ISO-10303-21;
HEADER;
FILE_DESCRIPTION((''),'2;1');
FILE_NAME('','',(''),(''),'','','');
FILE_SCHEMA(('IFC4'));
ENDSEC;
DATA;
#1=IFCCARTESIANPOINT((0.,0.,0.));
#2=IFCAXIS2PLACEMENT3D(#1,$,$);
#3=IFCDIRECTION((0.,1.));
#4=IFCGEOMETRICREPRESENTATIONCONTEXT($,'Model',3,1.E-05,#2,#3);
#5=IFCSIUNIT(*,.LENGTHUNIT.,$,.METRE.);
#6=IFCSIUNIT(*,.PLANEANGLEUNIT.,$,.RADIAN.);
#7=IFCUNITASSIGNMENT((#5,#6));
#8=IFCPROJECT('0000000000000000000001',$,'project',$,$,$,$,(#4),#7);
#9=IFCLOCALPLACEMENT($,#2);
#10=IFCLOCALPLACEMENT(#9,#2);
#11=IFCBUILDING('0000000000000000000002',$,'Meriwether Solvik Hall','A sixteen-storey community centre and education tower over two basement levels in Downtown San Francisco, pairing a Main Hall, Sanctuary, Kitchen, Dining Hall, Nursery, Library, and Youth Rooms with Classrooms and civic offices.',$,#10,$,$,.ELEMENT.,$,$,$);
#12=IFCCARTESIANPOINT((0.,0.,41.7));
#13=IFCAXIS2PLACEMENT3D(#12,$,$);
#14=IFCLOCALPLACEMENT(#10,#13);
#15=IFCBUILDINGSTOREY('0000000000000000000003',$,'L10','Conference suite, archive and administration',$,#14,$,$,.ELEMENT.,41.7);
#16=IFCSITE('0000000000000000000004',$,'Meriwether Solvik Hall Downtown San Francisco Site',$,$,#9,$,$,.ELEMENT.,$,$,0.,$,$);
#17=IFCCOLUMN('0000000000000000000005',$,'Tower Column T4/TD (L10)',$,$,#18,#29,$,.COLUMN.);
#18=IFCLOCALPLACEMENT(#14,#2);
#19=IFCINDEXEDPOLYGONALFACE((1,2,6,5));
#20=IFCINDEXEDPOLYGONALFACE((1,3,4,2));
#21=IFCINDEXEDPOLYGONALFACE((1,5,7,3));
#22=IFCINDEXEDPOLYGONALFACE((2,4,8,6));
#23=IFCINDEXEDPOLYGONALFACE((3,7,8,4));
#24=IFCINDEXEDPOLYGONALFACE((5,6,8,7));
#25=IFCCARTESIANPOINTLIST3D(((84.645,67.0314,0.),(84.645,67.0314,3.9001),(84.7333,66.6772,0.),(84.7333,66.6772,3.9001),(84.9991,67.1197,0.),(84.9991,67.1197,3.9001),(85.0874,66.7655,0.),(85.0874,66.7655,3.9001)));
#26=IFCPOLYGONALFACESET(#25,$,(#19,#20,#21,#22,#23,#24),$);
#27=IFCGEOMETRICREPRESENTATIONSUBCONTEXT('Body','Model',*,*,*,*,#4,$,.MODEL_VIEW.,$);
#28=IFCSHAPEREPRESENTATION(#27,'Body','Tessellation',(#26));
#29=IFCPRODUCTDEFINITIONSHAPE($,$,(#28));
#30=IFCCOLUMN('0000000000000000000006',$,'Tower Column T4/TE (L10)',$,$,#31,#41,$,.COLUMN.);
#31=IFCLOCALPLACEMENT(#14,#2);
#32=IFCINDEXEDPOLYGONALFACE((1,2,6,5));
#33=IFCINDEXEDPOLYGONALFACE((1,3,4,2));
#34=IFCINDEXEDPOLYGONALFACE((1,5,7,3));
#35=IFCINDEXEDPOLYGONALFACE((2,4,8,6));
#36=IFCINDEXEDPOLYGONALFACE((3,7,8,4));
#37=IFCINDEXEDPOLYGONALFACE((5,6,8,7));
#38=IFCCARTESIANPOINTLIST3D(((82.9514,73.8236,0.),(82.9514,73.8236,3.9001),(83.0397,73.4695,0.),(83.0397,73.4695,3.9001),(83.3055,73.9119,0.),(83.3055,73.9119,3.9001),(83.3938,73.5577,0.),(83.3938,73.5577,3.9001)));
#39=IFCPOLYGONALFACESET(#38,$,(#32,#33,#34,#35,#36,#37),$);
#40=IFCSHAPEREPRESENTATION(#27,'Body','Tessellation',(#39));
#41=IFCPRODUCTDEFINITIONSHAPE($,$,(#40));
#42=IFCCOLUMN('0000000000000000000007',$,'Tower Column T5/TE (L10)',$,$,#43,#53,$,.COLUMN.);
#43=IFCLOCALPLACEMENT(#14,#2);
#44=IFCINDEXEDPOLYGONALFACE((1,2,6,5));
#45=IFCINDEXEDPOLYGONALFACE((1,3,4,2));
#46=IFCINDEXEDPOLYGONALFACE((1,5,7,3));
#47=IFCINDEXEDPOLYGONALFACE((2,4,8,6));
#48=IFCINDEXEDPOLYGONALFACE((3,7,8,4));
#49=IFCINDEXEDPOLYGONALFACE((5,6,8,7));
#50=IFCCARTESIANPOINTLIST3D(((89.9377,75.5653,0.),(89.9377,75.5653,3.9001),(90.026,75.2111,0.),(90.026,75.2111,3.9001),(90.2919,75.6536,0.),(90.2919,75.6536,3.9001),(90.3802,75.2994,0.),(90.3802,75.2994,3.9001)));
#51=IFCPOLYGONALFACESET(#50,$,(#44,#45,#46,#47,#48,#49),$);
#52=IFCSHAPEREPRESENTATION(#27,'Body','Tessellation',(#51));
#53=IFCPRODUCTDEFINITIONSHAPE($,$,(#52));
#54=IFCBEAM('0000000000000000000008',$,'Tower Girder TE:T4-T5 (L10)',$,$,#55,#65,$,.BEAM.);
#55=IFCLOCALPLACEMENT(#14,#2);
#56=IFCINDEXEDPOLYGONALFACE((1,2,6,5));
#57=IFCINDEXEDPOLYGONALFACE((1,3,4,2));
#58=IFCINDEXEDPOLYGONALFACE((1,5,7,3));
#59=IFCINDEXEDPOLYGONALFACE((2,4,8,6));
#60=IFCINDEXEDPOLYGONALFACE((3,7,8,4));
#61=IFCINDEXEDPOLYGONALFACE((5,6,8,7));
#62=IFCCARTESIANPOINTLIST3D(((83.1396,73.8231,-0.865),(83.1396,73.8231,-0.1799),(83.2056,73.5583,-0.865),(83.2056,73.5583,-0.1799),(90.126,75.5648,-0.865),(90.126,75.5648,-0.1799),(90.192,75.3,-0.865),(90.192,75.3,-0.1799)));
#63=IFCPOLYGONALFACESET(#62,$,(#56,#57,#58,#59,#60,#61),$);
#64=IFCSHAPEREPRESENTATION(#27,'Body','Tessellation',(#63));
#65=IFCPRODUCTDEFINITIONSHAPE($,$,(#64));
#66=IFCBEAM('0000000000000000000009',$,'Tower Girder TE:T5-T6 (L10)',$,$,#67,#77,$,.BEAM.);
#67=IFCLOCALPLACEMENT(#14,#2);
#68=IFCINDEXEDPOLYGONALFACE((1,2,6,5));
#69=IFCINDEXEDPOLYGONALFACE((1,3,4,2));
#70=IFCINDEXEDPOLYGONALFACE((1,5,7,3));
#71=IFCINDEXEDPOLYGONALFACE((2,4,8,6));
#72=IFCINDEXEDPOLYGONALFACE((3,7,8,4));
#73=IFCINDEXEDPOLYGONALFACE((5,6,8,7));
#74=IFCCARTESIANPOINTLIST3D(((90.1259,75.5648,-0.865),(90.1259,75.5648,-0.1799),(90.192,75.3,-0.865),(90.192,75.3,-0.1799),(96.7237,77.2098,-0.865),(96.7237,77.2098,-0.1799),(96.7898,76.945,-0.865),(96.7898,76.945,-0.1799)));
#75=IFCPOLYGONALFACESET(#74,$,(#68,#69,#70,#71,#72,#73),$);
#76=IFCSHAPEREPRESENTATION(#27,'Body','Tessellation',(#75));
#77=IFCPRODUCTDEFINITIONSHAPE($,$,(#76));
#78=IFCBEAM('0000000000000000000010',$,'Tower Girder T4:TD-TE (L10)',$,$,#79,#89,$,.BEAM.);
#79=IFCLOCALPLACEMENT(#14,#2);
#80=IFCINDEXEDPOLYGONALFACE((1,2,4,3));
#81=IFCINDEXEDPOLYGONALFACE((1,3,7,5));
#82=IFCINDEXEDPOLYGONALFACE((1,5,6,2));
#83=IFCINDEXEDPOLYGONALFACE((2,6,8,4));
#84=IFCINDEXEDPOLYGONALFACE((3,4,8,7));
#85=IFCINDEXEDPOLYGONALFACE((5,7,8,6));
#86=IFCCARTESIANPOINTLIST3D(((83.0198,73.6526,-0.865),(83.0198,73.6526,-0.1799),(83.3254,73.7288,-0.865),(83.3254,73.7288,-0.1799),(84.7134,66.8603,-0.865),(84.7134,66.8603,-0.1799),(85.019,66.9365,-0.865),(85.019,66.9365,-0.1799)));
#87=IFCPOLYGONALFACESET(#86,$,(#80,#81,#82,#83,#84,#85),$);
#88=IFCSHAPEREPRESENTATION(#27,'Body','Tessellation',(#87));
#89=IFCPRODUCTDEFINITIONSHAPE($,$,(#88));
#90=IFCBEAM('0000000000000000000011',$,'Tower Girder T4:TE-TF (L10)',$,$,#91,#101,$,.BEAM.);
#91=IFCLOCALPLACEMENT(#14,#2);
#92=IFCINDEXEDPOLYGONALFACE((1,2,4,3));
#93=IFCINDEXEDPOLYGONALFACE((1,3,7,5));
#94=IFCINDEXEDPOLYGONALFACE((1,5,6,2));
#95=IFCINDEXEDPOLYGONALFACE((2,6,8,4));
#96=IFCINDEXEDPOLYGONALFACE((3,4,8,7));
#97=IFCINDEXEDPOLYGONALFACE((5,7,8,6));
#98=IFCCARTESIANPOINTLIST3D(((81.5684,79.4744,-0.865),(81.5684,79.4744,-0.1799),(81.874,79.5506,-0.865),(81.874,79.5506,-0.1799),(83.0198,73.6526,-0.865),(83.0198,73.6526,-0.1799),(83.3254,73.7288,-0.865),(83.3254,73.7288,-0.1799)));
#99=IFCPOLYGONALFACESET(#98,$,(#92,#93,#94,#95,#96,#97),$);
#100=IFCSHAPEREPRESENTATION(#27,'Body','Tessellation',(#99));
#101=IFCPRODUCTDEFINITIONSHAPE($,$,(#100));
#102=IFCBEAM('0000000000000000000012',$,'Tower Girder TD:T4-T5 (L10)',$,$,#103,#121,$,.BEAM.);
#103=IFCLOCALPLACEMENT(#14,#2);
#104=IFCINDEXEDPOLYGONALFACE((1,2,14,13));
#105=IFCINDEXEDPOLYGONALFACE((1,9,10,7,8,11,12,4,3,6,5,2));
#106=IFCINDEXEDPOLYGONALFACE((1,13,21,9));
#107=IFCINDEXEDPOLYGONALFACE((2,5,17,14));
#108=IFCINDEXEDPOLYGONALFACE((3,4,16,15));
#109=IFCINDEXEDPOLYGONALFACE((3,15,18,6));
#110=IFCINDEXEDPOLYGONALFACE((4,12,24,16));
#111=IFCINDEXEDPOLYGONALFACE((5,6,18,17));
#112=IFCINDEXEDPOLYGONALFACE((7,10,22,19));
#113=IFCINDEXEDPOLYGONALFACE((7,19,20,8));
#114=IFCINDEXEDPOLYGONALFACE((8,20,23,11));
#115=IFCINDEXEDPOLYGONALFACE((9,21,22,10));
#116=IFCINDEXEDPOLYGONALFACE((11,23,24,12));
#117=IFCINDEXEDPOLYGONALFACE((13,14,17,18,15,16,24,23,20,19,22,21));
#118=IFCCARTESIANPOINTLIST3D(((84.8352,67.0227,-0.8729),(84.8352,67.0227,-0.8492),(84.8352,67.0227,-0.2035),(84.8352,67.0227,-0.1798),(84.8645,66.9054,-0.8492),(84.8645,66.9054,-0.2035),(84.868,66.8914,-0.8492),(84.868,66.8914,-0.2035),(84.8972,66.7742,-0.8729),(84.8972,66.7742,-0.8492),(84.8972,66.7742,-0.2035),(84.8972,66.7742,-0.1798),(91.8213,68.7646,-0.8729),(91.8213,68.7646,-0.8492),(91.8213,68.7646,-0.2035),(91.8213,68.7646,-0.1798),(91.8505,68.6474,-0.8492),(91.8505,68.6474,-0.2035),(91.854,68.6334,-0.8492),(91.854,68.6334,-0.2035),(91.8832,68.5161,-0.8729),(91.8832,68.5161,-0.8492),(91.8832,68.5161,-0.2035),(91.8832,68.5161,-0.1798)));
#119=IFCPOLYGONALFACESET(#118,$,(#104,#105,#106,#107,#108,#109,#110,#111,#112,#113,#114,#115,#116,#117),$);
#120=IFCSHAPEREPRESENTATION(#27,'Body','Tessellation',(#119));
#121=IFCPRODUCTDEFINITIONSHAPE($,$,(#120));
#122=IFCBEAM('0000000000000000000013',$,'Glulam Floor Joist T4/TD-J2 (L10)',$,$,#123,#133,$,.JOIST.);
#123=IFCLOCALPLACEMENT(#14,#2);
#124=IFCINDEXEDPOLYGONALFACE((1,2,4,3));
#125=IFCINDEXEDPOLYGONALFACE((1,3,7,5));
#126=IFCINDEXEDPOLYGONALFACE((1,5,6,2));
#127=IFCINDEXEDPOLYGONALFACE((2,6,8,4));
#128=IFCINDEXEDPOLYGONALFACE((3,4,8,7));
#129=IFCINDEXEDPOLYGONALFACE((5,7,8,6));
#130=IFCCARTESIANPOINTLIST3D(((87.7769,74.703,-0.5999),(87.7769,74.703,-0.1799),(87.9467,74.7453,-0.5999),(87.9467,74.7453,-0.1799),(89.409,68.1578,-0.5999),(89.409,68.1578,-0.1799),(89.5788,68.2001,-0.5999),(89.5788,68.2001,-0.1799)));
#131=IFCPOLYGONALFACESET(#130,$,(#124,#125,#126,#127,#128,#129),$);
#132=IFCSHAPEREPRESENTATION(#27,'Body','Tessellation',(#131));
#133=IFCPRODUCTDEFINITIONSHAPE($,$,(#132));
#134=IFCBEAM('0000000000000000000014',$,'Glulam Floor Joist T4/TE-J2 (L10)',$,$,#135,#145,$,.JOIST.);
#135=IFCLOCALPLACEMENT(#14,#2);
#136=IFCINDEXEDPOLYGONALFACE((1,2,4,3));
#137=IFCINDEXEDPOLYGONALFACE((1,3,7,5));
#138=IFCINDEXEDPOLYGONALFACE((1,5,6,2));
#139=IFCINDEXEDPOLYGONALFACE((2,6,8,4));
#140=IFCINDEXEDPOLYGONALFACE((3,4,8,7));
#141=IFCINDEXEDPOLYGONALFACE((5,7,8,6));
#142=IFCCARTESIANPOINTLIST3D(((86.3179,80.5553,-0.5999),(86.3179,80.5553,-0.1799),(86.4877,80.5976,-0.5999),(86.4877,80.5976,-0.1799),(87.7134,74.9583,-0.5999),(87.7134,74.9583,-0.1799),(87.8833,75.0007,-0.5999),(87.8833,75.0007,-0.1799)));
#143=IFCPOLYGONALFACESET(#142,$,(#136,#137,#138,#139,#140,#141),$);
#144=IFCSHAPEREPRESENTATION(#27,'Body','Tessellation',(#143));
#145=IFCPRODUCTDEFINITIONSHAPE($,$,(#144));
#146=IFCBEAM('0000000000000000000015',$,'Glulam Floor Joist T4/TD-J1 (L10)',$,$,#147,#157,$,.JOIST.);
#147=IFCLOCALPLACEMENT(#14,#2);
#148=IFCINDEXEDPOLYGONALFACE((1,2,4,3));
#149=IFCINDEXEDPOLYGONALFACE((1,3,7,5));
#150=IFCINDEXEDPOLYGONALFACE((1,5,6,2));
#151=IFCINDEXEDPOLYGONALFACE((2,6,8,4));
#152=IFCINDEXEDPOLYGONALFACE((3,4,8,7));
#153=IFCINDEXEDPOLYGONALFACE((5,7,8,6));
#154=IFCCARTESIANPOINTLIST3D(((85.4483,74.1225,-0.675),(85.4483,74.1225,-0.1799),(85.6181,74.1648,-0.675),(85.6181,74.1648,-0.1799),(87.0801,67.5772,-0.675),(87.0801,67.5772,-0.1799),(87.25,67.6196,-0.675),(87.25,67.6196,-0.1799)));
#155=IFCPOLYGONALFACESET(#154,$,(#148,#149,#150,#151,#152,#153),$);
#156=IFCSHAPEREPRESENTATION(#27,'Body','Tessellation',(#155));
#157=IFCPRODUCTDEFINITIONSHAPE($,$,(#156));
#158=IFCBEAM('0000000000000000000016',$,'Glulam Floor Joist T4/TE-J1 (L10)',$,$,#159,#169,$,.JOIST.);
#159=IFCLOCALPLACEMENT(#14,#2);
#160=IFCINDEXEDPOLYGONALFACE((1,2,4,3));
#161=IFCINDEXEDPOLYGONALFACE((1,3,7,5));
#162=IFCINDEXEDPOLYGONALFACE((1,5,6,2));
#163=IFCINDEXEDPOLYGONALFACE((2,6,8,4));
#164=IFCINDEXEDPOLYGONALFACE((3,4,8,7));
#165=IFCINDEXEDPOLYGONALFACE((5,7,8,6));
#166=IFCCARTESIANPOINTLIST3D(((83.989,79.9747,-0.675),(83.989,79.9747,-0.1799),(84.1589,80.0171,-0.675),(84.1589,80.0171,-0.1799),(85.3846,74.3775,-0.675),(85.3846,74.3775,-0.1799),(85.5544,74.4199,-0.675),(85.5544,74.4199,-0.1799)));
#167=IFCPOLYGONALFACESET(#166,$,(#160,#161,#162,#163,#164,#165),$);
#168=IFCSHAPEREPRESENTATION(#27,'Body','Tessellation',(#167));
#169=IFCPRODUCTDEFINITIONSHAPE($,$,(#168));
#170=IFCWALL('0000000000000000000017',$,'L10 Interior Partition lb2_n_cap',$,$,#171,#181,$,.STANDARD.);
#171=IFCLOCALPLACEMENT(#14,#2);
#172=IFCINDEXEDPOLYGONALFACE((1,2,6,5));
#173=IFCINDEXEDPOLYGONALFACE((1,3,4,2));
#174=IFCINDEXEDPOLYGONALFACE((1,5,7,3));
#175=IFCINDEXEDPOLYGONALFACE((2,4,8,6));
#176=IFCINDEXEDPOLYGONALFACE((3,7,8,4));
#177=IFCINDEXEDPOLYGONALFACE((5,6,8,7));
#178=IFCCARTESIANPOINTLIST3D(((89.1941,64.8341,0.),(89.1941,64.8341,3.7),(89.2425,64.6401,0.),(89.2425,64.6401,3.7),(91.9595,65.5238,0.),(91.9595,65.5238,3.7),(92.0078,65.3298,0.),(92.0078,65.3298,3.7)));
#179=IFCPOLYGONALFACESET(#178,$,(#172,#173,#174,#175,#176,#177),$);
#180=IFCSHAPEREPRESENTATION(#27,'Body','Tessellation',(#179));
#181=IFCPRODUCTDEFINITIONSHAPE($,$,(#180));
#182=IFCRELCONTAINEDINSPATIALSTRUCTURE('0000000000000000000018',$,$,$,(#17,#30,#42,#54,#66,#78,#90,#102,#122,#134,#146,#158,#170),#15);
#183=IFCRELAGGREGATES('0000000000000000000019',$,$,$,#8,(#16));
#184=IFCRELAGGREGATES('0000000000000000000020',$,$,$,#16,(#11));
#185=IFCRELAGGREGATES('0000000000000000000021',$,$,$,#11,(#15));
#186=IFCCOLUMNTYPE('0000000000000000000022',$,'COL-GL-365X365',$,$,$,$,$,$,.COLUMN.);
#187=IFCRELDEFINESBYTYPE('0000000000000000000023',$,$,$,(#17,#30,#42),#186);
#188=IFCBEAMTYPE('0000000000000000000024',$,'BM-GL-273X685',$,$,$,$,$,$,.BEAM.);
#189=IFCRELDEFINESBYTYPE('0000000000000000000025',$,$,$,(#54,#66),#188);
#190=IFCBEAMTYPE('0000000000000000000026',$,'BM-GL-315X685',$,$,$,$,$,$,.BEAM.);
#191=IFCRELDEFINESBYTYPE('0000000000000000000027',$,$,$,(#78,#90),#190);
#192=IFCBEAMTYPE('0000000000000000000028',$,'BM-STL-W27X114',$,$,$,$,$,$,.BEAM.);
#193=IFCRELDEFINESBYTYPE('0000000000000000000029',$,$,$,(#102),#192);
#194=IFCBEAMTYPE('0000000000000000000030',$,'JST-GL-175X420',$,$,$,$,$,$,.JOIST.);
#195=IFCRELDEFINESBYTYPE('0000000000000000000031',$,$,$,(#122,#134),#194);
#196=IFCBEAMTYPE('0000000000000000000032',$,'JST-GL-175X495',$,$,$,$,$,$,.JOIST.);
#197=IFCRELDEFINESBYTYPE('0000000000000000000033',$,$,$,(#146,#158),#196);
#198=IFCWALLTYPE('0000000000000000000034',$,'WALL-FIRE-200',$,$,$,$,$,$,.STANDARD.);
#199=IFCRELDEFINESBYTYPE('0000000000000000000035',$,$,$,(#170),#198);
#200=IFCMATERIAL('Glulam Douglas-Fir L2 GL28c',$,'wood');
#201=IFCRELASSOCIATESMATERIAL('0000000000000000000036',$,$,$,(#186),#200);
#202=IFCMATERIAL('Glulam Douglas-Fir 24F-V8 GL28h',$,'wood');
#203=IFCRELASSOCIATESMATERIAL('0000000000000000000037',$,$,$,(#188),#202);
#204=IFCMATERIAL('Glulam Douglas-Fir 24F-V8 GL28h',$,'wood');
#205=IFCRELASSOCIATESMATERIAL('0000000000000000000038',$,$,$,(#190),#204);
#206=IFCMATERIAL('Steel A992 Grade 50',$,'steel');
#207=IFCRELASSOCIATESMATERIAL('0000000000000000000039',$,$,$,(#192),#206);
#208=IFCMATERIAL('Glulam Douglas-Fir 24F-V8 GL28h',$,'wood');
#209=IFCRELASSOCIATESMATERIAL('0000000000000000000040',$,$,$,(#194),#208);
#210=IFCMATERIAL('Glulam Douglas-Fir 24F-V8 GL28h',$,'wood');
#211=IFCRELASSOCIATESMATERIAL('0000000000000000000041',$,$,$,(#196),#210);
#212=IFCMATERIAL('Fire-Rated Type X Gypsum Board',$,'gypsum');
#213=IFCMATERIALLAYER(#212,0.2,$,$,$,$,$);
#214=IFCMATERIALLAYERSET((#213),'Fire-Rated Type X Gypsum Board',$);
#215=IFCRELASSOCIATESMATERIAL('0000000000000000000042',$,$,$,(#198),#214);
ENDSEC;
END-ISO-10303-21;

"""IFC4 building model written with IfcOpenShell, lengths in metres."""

from ifc_helpers import new_model, si_unit, direction, frame, frame_2d, origin, origin_2d, place, context, subcontext, project, spatial, rectangle, i_section, extrude, material, layer, layer_set, material_profile, profile_set, type_object, element, save


model = new_model("IFC4")

# Units and contexts
model_context = context("Model", 3, precision=1e-05, world=origin(), true_north=direction((0.0, 1.0)))
body_context = subcontext(model_context, "Body", "Model", "MODEL_VIEW")
ifc_project = project(units=[si_unit("LENGTHUNIT", "METRE"), si_unit("PLANEANGLEUNIT", "RADIAN")], contexts=[model_context])

# Site, building, storey
site_placement = place(None, origin())
site = spatial("IfcSite", under=ifc_project, at=site_placement, Name="Meriwether Solvik Hall Downtown San Francisco Site", CompositionType="ELEMENT", RefElevation=0.0)
building_placement = place(site_placement, origin())
building = spatial("IfcBuilding", under=site, at=building_placement, Name="Meriwether Solvik Hall", Description="A sixteen-storey community centre and education tower over two basement levels in Downtown San Francisco, pairing a Main Hall, Sanctuary, Kitchen, Dining Hall, Nursery, Library, and Youth Rooms with Classrooms and civic offices.", CompositionType="ELEMENT")
storey_placement = place(building_placement, frame((0.0, 0.0, 41.7)))
storey = spatial("IfcBuildingStorey", under=building, at=storey_placement, Name="L10", Description="Conference suite, archive and administration", CompositionType="ELEMENT", Elevation=41.7)

# Columns
ifc_material_1 = material(Name="Glulam Douglas-Fir L2 GL28c", Category="wood")
ifc_material_profile_1 = material_profile(ifc_material_1, rectangle(XDim=0.365, YDim=0.365, at=origin_2d()), Name="GLC-365X365")
ifc_profile_set_1 = profile_set([ifc_material_profile_1], Name="Glulam Douglas-Fir L2 GL28c")
column_type = type_object("IfcColumnType", Name="COL-GL-365X365", PredefinedType="COLUMN", material=ifc_profile_set_1)
for number, where, z_axis, x_axis, name in (
    (1, (84.8662, 66.8984, 0.0), (0.0, 0.0, 1.0), (0.970296, 0.241922, 0.0), "Tower Column T4/TD (L10)"),
    (2, (83.1726, 73.6907, 0.0), (0.0, 0.0, 1.0), (0.970296, 0.241922, 0.0), "Tower Column T4/TE (L10)"),
    (3, (90.1589, 75.4324, 0.0), (0.0, 0.0, 1.0), (0.970296, 0.241922, 0.0), "Tower Column T5/TE (L10)"),
):
    element("IfcColumn", number, at=place(storey_placement, frame(where, z_axis=z_axis, x_axis=x_axis)), inside=storey, type_object=column_type, Name=name, PredefinedType="COLUMN", context=body_context, shape_type="SweptSolid", body=[
        extrude(rectangle(XDim=0.365, YDim=0.365, at=origin_2d()), origin(), (0.0, 0.0, 1.0), 3.9001),
    ])

# Beams
ifc_material_2 = material(Name="Glulam Douglas-Fir 24F-V8 GL28h", Category="wood")
ifc_material_profile_2 = material_profile(ifc_material_2, rectangle(XDim=0.2729, YDim=0.6851, at=origin_2d()), Name="GLB-273X685")
ifc_profile_set_2 = profile_set([ifc_material_profile_2], Name="Glulam Douglas-Fir 24F-V8 GL28h")
beam_type_1 = type_object("IfcBeamType", Name="BM-GL-273X685", PredefinedType="BEAM", material=ifc_profile_set_2)
beam_1_placement = place(storey_placement, frame((83.1726, 73.6907, -0.5225), z_axis=(0.970302, 0.241897, 0.0), x_axis=(-0.241897, 0.970302, 0.0)))
element("IfcBeam", 4, at=beam_1_placement, inside=storey, type_object=beam_type_1, Name="Tower Girder TE:T4-T5 (L10)", PredefinedType="BEAM", context=body_context, shape_type="SweptSolid", body=[
    extrude(rectangle(XDim=0.2729, YDim=0.6851, at=origin_2d()), origin(), (0.0, 0.0, 1.0), 7.2002),
])
beam_2_placement = place(storey_placement, frame((90.1589, 75.4324, -0.5225), z_axis=(0.970296, 0.241919, 0.0), x_axis=(-0.241919, 0.970296, 0.0)))
element("IfcBeam", 5, at=beam_2_placement, inside=storey, type_object=beam_type_1, Name="Tower Girder TE:T5-T6 (L10)", PredefinedType="BEAM", context=body_context, shape_type="SweptSolid", body=[
    extrude(rectangle(XDim=0.2729, YDim=0.6851, at=origin_2d()), origin(), (0.0, 0.0, 1.0), 6.7998),
])
ifc_material_3 = material(Name="Glulam Douglas-Fir 24F-V8 GL28h", Category="wood")
ifc_material_profile_3 = material_profile(ifc_material_3, rectangle(XDim=0.3149, YDim=0.6851, at=origin_2d()), Name="GLB-315X685")
ifc_profile_set_3 = profile_set([ifc_material_profile_3], Name="Glulam Douglas-Fir 24F-V8 GL28h")
beam_type_2 = type_object("IfcBeamType", Name="BM-GL-315X685", PredefinedType="BEAM", material=ifc_profile_set_3)
beam_3_placement = place(storey_placement, frame((84.8662, 66.8984, -0.5225), z_axis=(-0.241937, 0.970292, 0.0), x_axis=(-0.970292, -0.241937, 0.0)))
element("IfcBeam", 6, at=beam_3_placement, inside=storey, type_object=beam_type_2, Name="Tower Girder T4:TD-TE (L10)", PredefinedType="BEAM", context=body_context, shape_type="SweptSolid", body=[
    extrude(rectangle(XDim=0.3149, YDim=0.6851, at=origin_2d()), origin(), (0.0, 0.0, 1.0), 7.0002),
])
beam_4_placement = place(storey_placement, frame((83.1726, 73.6907, -0.5225), z_axis=(-0.241904, 0.9703, 0.0), x_axis=(-0.9703, -0.241904, 0.0)))
element("IfcBeam", 7, at=beam_4_placement, inside=storey, type_object=beam_type_2, Name="Tower Girder T4:TE-TF (L10)", PredefinedType="BEAM", context=body_context, shape_type="SweptSolid", body=[
    extrude(rectangle(XDim=0.3149, YDim=0.6851, at=origin_2d()), origin(), (0.0, 0.0, 1.0), 6.0),
])
ifc_material_4 = material(Name="Steel A992 Grade 50", Category="steel")
ifc_material_profile_4 = material_profile(ifc_material_4, i_section(OverallWidth=0.2561, OverallDepth=0.6931, WebThickness=0.0144, FlangeThickness=0.0237, at=origin_2d()), Name="W27X114")
ifc_profile_set_4 = profile_set([ifc_material_profile_4], Name="Steel A992 Grade 50")
beam_type_3 = type_object("IfcBeamType", Name="BM-STL-W27X114", PredefinedType="BEAM", material=ifc_profile_set_4)
beam_5_placement = place(storey_placement, frame((84.8662, 66.8984, -0.5264), z_axis=(0.970292, 0.241937, 0.0), x_axis=(-0.241937, 0.970292, 0.0)))
element("IfcBeam", 8, at=beam_5_placement, inside=storey, type_object=beam_type_3, Name="Tower Girder TD:T4-T5 (L10)", PredefinedType="BEAM", context=body_context, shape_type="SweptSolid", body=[
    extrude(i_section(OverallWidth=0.2561, OverallDepth=0.6931, WebThickness=0.0144, FlangeThickness=0.0237, at=origin_2d()), origin(), (0.0, 0.0, 1.0), 7.2),
])
ifc_material_5 = material(Name="Glulam Douglas-Fir 24F-V8 GL28h", Category="wood")
ifc_material_profile_5 = material_profile(ifc_material_5, rectangle(XDim=0.175, YDim=0.4199, at=origin_2d()), Name="GLJ-175X420")
ifc_profile_set_5 = profile_set([ifc_material_profile_5], Name="Glulam Douglas-Fir 24F-V8 GL28h")
beam_type_4 = type_object("IfcBeamType", Name="JST-GL-175X420", PredefinedType="JOIST", material=ifc_profile_set_5)
beam_6_placement = place(storey_placement, frame((89.4939, 68.179, -0.3899), z_axis=(-0.241948, 0.970289, 0.0), x_axis=(-0.970289, -0.241948, 0.0)))
element("IfcBeam", 9, at=beam_6_placement, inside=storey, type_object=beam_type_4, Name="Glulam Floor Joist T4/TD-J2 (L10)", PredefinedType="JOIST", context=body_context, shape_type="SweptSolid", body=[
    extrude(rectangle(XDim=0.175, YDim=0.4199, at=origin_2d()), origin(), (0.0, 0.0, 1.0), 6.7456),
])
beam_7_placement = place(storey_placement, frame((87.7983, 74.9795, -0.3899), z_axis=(-0.241928, 0.970294, 0.0), x_axis=(-0.970294, -0.241928, 0.0)))
element("IfcBeam", 10, at=beam_7_placement, inside=storey, type_object=beam_type_4, Name="Glulam Floor Joist T4/TE-J2 (L10)", PredefinedType="JOIST", context=body_context, shape_type="SweptSolid", body=[
    extrude(rectangle(XDim=0.175, YDim=0.4199, at=origin_2d()), origin(), (0.0, 0.0, 1.0), 5.7683),
])
ifc_material_6 = material(Name="Glulam Douglas-Fir 24F-V8 GL28h", Category="wood")
ifc_material_profile_6 = material_profile(ifc_material_6, rectangle(XDim=0.175, YDim=0.4951, at=origin_2d()), Name="GLJ-175X495")
ifc_profile_set_6 = profile_set([ifc_material_profile_6], Name="Glulam Douglas-Fir 24F-V8 GL28h")
beam_type_5 = type_object("IfcBeamType", Name="JST-GL-175X495", PredefinedType="JOIST", material=ifc_profile_set_6)
beam_8_placement = place(storey_placement, frame((87.165, 67.5984, -0.4275), z_axis=(-0.241914, 0.970298, 0.0), x_axis=(-0.970298, -0.241914, 0.0)))
element("IfcBeam", 11, at=beam_8_placement, inside=storey, type_object=beam_type_5, Name="Glulam Floor Joist T4/TD-J1 (L10)", PredefinedType="JOIST", context=body_context, shape_type="SweptSolid", body=[
    extrude(rectangle(XDim=0.175, YDim=0.4951, at=origin_2d()), origin(), (0.0, 0.0, 1.0), 6.7456),
])
beam_9_placement = place(storey_placement, frame((85.4695, 74.3987, -0.4275), z_axis=(-0.241918, 0.970297, 0.0), x_axis=(-0.970297, -0.241918, 0.0)))
element("IfcBeam", 12, at=beam_9_placement, inside=storey, type_object=beam_type_5, Name="Glulam Floor Joist T4/TE-J1 (L10)", PredefinedType="JOIST", context=body_context, shape_type="SweptSolid", body=[
    extrude(rectangle(XDim=0.175, YDim=0.4951, at=origin_2d()), origin(), (0.0, 0.0, 1.0), 5.7686),
])

# Wall
ifc_material_7 = material(Name="Fire-Rated Type X Gypsum Board", Category="gypsum")
ifc_layer_1 = layer(ifc_material_7, 0.2)
ifc_layer_set_1 = layer_set([ifc_layer_1], Name="Fire-Rated Type X Gypsum Board")
wall_type_1 = type_object("IfcWallType", Name="WALL-FIRE-200", PredefinedType="STANDARD", material=ifc_layer_set_1)
wall_1_placement = place(storey_placement, frame((89.2183, 64.7371, 0.0), z_axis=(0.0, 0.0, 1.0), x_axis=(0.970278, 0.241991, 0.0)))
element("IfcWall", 13, at=wall_1_placement, inside=storey, type_object=wall_type_1, Name="L10 Interior Partition lb2_n_cap", PredefinedType="STANDARD", context=body_context, shape_type="SweptSolid", body=[
    extrude(rectangle(XDim=2.8501, YDim=0.2, at=frame_2d((1.425, 0.0))), origin(), (0.0, 0.0, 1.0), 3.7),
])

save(model, "model.ifc")
